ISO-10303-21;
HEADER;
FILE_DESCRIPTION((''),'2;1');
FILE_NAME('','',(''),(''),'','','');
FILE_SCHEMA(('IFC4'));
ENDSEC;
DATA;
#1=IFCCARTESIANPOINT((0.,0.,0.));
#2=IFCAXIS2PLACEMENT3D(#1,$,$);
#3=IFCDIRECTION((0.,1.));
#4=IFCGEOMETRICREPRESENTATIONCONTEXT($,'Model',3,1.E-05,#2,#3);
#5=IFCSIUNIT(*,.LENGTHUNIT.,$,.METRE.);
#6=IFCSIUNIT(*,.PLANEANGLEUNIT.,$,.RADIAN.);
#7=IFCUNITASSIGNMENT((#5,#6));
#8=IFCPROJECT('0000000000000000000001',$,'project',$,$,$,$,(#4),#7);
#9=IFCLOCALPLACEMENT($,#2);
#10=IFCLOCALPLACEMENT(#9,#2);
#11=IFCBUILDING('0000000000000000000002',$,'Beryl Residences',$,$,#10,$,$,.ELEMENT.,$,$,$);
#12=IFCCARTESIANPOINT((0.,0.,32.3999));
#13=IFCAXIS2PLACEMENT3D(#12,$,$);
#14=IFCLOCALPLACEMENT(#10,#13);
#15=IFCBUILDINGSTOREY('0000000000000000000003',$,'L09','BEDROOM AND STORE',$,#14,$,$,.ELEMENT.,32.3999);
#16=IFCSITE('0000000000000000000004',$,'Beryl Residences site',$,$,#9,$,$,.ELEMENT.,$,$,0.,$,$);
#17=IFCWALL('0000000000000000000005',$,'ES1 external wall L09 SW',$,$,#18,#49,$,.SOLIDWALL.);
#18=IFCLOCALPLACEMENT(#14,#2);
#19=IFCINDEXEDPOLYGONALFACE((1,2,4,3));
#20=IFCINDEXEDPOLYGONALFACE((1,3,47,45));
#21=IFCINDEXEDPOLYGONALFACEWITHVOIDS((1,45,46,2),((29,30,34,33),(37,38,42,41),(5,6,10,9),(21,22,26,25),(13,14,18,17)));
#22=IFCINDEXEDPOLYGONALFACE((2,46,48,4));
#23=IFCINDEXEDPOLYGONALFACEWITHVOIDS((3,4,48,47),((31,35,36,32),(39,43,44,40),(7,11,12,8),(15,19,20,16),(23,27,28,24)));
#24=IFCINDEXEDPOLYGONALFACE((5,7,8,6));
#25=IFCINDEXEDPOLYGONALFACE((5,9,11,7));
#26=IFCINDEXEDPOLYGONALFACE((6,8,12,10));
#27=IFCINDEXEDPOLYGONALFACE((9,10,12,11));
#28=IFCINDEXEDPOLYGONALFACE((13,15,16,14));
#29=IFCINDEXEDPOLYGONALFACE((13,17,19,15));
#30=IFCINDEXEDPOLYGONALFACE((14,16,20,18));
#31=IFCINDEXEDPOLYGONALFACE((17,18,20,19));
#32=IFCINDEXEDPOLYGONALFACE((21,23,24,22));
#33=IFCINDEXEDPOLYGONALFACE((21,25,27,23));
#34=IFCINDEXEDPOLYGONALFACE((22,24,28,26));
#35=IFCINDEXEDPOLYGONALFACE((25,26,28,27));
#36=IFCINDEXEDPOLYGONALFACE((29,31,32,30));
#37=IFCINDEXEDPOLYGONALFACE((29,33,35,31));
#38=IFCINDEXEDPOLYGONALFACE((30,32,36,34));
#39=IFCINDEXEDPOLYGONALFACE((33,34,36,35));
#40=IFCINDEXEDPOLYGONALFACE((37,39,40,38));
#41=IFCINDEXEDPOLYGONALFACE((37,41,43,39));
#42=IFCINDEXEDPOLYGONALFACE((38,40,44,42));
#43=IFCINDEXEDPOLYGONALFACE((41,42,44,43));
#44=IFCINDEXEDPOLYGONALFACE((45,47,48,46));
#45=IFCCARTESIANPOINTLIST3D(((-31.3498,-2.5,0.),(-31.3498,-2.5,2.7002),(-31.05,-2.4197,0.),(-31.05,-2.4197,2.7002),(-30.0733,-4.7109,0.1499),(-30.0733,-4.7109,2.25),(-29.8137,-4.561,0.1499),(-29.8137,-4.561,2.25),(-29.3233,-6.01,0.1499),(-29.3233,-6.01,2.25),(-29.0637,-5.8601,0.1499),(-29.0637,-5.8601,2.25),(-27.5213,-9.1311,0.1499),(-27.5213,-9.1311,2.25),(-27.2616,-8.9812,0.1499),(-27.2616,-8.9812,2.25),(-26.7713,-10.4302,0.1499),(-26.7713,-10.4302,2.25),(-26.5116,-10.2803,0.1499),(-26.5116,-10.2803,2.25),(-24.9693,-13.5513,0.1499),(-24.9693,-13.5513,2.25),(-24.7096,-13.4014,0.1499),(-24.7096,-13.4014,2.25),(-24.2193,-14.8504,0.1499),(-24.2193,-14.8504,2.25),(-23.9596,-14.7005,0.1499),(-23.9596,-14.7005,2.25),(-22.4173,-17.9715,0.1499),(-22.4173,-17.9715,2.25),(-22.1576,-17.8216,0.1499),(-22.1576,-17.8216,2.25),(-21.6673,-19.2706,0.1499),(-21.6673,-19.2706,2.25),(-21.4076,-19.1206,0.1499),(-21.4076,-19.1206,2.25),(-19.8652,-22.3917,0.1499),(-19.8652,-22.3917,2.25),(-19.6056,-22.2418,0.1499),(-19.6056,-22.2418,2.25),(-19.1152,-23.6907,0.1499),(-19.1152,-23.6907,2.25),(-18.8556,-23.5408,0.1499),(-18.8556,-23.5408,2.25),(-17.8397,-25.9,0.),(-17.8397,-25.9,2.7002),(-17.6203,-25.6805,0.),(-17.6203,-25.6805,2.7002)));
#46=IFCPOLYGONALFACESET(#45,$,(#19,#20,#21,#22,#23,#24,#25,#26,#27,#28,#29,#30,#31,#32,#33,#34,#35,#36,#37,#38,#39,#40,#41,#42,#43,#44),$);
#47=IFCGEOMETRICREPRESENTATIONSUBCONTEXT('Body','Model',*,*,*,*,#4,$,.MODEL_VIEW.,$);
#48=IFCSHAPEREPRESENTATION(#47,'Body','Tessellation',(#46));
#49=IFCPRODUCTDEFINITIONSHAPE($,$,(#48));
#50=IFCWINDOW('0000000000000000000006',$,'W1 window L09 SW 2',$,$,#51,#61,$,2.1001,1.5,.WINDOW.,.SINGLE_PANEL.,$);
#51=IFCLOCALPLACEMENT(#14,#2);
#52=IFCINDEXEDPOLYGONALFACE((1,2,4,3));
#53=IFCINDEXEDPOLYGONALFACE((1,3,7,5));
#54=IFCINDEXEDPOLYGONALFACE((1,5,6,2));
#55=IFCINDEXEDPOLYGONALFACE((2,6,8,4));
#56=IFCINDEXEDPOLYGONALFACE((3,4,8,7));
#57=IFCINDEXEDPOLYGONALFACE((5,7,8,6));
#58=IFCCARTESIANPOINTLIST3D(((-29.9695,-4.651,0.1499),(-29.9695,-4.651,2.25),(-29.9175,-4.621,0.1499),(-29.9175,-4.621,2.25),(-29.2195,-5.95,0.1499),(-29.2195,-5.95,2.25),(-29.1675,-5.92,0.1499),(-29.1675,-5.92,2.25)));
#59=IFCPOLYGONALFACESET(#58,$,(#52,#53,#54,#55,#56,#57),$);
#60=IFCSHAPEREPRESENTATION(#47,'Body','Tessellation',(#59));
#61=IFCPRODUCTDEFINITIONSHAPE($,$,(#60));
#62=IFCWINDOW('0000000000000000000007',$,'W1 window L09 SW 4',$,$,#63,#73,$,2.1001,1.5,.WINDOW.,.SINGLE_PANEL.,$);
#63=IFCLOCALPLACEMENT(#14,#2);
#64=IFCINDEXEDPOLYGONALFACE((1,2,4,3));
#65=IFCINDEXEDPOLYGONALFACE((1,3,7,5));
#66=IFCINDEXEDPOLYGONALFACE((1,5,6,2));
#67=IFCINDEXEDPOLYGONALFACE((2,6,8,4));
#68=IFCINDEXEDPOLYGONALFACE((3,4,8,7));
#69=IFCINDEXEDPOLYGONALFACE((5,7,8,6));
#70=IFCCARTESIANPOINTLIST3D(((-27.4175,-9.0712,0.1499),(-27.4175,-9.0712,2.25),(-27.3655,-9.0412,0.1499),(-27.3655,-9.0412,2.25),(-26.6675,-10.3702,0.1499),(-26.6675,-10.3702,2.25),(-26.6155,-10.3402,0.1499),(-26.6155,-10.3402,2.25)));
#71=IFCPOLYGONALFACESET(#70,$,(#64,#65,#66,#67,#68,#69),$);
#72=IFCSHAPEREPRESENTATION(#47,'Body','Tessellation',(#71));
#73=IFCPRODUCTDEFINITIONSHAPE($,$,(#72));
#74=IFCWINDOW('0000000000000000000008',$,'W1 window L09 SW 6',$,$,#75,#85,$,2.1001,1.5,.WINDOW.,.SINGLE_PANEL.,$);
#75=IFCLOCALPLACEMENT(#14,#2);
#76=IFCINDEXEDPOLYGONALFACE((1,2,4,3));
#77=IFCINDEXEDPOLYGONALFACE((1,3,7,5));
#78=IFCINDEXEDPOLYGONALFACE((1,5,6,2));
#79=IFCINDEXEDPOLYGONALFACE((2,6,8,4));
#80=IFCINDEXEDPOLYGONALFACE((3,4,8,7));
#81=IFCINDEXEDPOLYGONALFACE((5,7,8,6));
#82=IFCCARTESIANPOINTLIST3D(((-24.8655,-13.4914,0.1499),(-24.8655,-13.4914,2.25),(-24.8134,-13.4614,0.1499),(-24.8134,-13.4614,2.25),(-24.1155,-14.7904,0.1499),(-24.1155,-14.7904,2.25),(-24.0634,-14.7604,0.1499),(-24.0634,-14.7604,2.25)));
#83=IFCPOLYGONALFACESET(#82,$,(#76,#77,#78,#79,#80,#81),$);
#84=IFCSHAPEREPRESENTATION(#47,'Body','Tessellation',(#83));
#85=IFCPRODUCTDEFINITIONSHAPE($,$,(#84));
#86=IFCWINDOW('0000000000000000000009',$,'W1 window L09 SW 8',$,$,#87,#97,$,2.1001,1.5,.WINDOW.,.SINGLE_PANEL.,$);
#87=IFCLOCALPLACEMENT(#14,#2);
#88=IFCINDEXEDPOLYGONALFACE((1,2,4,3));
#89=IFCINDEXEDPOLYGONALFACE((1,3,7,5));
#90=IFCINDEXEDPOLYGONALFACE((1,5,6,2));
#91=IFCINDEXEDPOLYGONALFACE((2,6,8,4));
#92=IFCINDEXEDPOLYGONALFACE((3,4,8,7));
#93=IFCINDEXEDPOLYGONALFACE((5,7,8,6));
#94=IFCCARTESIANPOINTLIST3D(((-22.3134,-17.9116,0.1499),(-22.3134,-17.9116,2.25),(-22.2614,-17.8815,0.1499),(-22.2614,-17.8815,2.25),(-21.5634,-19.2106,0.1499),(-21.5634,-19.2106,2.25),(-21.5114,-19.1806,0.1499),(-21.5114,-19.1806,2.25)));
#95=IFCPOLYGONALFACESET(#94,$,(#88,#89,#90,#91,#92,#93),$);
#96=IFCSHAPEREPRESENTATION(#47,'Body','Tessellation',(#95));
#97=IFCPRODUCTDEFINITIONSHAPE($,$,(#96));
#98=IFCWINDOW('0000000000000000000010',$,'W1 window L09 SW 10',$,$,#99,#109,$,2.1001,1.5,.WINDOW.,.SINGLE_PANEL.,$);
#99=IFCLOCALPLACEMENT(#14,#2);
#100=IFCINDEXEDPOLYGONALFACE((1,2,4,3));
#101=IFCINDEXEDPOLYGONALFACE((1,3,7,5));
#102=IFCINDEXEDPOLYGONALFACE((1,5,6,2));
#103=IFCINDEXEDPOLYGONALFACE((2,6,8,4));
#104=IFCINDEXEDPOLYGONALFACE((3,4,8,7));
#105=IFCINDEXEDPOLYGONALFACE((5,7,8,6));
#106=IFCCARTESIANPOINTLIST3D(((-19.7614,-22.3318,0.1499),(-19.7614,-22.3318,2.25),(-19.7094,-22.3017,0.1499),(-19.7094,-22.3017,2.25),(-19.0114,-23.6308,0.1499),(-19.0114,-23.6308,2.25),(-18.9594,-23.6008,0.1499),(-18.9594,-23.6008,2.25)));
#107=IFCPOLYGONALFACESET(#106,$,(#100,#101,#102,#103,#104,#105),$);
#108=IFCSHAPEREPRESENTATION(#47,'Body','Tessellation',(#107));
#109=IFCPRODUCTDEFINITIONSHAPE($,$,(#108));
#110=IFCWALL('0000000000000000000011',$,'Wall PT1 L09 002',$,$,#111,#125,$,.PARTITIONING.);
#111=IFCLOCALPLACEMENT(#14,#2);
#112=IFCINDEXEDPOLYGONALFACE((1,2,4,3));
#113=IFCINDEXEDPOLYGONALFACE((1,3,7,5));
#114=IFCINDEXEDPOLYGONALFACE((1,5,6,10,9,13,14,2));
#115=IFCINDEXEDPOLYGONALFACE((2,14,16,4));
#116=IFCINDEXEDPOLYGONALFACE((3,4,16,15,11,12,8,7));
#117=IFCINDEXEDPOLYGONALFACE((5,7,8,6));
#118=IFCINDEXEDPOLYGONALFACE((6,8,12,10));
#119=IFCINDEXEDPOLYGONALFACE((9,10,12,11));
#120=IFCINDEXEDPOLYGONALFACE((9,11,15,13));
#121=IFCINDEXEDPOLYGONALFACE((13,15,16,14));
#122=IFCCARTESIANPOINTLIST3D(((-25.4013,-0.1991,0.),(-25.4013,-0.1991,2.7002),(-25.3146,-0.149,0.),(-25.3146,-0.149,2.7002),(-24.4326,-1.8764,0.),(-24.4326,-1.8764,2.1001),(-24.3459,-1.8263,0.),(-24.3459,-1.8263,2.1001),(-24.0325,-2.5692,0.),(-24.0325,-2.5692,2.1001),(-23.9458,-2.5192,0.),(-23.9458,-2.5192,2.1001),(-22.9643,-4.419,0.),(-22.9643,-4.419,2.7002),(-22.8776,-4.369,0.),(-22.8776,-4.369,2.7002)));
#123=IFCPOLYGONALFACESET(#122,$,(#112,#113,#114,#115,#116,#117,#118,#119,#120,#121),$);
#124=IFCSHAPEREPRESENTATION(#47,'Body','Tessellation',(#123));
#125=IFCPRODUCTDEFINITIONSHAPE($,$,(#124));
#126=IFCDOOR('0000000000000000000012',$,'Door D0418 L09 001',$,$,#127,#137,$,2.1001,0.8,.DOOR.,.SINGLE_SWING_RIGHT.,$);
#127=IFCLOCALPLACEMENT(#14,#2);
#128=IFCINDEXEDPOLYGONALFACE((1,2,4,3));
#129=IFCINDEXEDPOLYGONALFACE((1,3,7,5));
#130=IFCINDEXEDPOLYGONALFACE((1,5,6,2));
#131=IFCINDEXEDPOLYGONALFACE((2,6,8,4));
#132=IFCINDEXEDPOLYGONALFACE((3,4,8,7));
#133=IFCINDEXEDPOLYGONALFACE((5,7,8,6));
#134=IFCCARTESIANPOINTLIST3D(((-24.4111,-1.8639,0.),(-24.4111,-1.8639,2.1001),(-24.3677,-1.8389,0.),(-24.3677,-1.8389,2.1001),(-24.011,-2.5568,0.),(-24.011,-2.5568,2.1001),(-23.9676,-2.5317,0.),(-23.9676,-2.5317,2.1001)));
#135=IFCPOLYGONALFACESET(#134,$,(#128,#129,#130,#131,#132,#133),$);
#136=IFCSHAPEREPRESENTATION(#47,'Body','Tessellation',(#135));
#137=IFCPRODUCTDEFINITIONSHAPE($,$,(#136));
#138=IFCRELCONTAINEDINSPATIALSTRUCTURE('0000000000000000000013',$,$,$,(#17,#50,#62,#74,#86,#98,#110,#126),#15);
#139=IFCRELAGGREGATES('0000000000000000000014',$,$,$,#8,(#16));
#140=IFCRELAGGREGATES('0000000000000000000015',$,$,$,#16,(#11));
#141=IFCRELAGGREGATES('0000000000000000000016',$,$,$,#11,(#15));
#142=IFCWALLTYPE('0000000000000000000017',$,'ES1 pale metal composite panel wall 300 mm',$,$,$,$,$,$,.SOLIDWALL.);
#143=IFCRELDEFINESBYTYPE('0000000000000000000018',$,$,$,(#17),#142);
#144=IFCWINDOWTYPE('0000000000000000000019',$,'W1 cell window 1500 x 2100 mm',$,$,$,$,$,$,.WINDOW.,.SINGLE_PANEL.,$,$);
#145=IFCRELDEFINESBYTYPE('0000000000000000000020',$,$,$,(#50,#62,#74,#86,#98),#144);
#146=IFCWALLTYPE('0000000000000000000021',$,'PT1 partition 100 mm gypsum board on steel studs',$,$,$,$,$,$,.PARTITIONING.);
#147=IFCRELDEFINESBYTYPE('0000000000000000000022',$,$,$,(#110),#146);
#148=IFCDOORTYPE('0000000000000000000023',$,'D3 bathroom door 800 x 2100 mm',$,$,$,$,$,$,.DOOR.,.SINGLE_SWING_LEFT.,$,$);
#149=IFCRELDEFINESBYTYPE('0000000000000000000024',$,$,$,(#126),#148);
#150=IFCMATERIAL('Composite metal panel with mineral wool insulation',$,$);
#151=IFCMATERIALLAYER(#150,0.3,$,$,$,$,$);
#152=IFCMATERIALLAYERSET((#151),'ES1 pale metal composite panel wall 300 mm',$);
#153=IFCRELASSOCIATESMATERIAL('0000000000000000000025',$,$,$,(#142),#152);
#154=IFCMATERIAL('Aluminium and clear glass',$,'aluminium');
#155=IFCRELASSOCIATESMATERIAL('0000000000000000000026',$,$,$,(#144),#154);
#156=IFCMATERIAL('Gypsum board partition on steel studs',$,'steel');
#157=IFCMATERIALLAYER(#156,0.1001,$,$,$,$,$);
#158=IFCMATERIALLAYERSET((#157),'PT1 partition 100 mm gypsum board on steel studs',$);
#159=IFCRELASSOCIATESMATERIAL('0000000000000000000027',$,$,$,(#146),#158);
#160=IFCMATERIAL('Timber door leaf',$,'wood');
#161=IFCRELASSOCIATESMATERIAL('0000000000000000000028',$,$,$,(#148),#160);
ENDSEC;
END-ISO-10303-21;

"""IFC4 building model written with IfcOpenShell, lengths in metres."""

from ifc_helpers import new_model, si_unit, direction, frame, frame_2d, origin, place, context, subcontext, project, spatial, polyline, rectangle, outline, extrude, material, layer, layer_set, type_object, element, fill, save


model = new_model("IFC4")

# Units and contexts
model_context = context("Model", 3, precision=1e-05, world=origin(), true_north=direction((0.0, 1.0)))
body_context = subcontext(model_context, "Body", "Model", "MODEL_VIEW")
ifc_project = project(units=[si_unit("LENGTHUNIT", "METRE"), si_unit("PLANEANGLEUNIT", "RADIAN")], contexts=[model_context])

# Site, building, storey
site_placement = place(None, origin())
site = spatial("IfcSite", under=ifc_project, at=site_placement, Name="Beryl Residences site", CompositionType="ELEMENT", RefElevation=0.0)
building_placement = place(site_placement, origin())
building = spatial("IfcBuilding", under=site, at=building_placement, Name="Beryl Residences", CompositionType="ELEMENT")
storey_placement = place(building_placement, frame((0.0, 0.0, 32.3999)))
storey = spatial("IfcBuildingStorey", under=building, at=storey_placement, Name="L09", Description="BEDROOM AND STORE", CompositionType="ELEMENT", Elevation=32.3999)

# Shared definitions
ifc_material_1 = material(Name="Composite metal panel with mineral wool insulation")
ifc_layer_1 = layer(ifc_material_1, 0.3)
ifc_layer_set_1 = layer_set([ifc_layer_1], Name="ES1 pale metal composite panel wall 300 mm")
wall_type_1 = type_object("IfcWallType", Name="ES1 pale metal composite panel wall 300 mm", PredefinedType="SOLIDWALL", material=ifc_layer_set_1)

# Wall, openings, windows
wall_1_placement = place(storey_placement, frame((-31.22, -2.425, 0.0), z_axis=(0.0, 0.0, 1.0), x_axis=(0.500002, -0.866024, 0.0)))
wall_1 = element("IfcWall", 1, at=wall_1_placement, inside=storey, type_object=wall_type_1, Name="ES1 external wall L09 SW", PredefinedType="SOLIDWALL", context=body_context, shape_type="SweptSolid", body=[
    extrude(outline(polyline([(0.0, -0.1499), (27.02, -0.1499), (26.9397, 0.1499), (0.0803, 0.1499), (0.0, -0.1499)])), origin(), (0.0, 0.0, 1.0), 2.7002),
])
opening_1_placement = place(wall_1_placement, frame((2.553, 0.0, 0.1499)))
opening_1 = element("IfcOpeningElement", 2, at=opening_1_placement, cuts=wall_1, PredefinedType="OPENING", context=body_context, shape_type="SweptSolid", body=[
    extrude(rectangle(XDim=1.5, YDim=2.1001, at=frame_2d((0.75, 1.05))), frame((0.0, 0.1599, 0.0), z_axis=(0.0, -1.0, 0.0), x_axis=(1.0, 0.0, 0.0)), (0.0, 0.0, 1.0), 0.3201),
])
opening_2_placement = place(wall_1_placement, frame((7.657, 0.0, 0.1499)))
opening_2 = element("IfcOpeningElement", 3, at=opening_2_placement, cuts=wall_1, PredefinedType="OPENING", context=body_context, shape_type="SweptSolid", body=[
    extrude(rectangle(XDim=1.5, YDim=2.1001, at=frame_2d((0.75, 1.05))), frame((0.0, 0.1599, 0.0), z_axis=(0.0, -1.0, 0.0), x_axis=(1.0, 0.0, 0.0)), (0.0, 0.0, 1.0), 0.3201),
])
opening_3_placement = place(wall_1_placement, frame((12.761, 0.0, 0.1499)))
opening_3 = element("IfcOpeningElement", 4, at=opening_3_placement, cuts=wall_1, PredefinedType="OPENING", context=body_context, shape_type="SweptSolid", body=[
    extrude(rectangle(XDim=1.5, YDim=2.1001, at=frame_2d((0.75, 1.05))), frame((0.0, 0.1599, 0.0), z_axis=(0.0, -1.0, 0.0), x_axis=(1.0, 0.0, 0.0)), (0.0, 0.0, 1.0), 0.3201),
])
opening_4_placement = place(wall_1_placement, frame((17.865, 0.0, 0.1499)))
opening_4 = element("IfcOpeningElement", 5, at=opening_4_placement, cuts=wall_1, PredefinedType="OPENING", context=body_context, shape_type="SweptSolid", body=[
    extrude(rectangle(XDim=1.5, YDim=2.1001, at=frame_2d((0.75, 1.05))), frame((0.0, 0.1599, 0.0), z_axis=(0.0, -1.0, 0.0), x_axis=(1.0, 0.0, 0.0)), (0.0, 0.0, 1.0), 0.3201),
])
opening_5_placement = place(wall_1_placement, frame((22.969, 0.0, 0.1499)))
opening_5 = element("IfcOpeningElement", 6, at=opening_5_placement, cuts=wall_1, PredefinedType="OPENING", context=body_context, shape_type="SweptSolid", body=[
    extrude(rectangle(XDim=1.5, YDim=2.1001, at=frame_2d((0.75, 1.05))), frame((0.0, 0.1599, 0.0), z_axis=(0.0, -1.0, 0.0), x_axis=(1.0, 0.0, 0.0)), (0.0, 0.0, 1.0), 0.3201),
])
ifc_material_2 = material(Name="Aluminium and clear glass", Category="aluminium")
window_type_1 = type_object("IfcWindowType", Name="W1 cell window 1500 x 2100 mm", PartitioningType="SINGLE_PANEL", PredefinedType="WINDOW", material=ifc_material_2)
window_1_placement = place(opening_1_placement, origin())
window_1 = element("IfcWindow", 7, at=window_1_placement, inside=storey, type_object=window_type_1, Name="W1 window L09 SW 2", OverallHeight=2.1001, OverallWidth=1.5, PartitioningType="SINGLE_PANEL", PredefinedType="WINDOW", context=body_context, shape_type="SweptSolid", body=[
    extrude(rectangle(XDim=1.5, YDim=2.1001, at=frame_2d((0.75, 1.05))), frame((0.0, 0.03, 0.0), z_axis=(0.0, -1.0, 0.0), x_axis=(1.0, 0.0, 0.0)), (0.0, 0.0, 1.0), 0.0601),
])
fill(opening_1, window_1)
window_2_placement = place(opening_2_placement, origin())
window_2 = element("IfcWindow", 8, at=window_2_placement, inside=storey, type_object=window_type_1, Name="W1 window L09 SW 4", OverallHeight=2.1001, OverallWidth=1.5, PartitioningType="SINGLE_PANEL", PredefinedType="WINDOW", context=body_context, shape_type="SweptSolid", body=[
    extrude(rectangle(XDim=1.5, YDim=2.1001, at=frame_2d((0.75, 1.05))), frame((0.0, 0.03, 0.0), z_axis=(0.0, -1.0, 0.0), x_axis=(1.0, 0.0, 0.0)), (0.0, 0.0, 1.0), 0.0601),
])
fill(opening_2, window_2)
window_3_placement = place(opening_3_placement, origin())
window_3 = element("IfcWindow", 9, at=window_3_placement, inside=storey, type_object=window_type_1, Name="W1 window L09 SW 6", OverallHeight=2.1001, OverallWidth=1.5, PartitioningType="SINGLE_PANEL", PredefinedType="WINDOW", context=body_context, shape_type="SweptSolid", body=[
    extrude(rectangle(XDim=1.5, YDim=2.1001, at=frame_2d((0.75, 1.05))), frame((0.0, 0.03, 0.0), z_axis=(0.0, -1.0, 0.0), x_axis=(1.0, 0.0, 0.0)), (0.0, 0.0, 1.0), 0.0601),
])
fill(opening_3, window_3)
window_4_placement = place(opening_4_placement, origin())
window_4 = element("IfcWindow", 10, at=window_4_placement, inside=storey, type_object=window_type_1, Name="W1 window L09 SW 8", OverallHeight=2.1001, OverallWidth=1.5, PartitioningType="SINGLE_PANEL", PredefinedType="WINDOW", context=body_context, shape_type="SweptSolid", body=[
    extrude(rectangle(XDim=1.5, YDim=2.1001, at=frame_2d((0.75, 1.05))), frame((0.0, 0.03, 0.0), z_axis=(0.0, -1.0, 0.0), x_axis=(1.0, 0.0, 0.0)), (0.0, 0.0, 1.0), 0.0601),
])
fill(opening_4, window_4)
window_5_placement = place(opening_5_placement, origin())
window_5 = element("IfcWindow", 11, at=window_5_placement, inside=storey, type_object=window_type_1, Name="W1 window L09 SW 10", OverallHeight=2.1001, OverallWidth=1.5, PartitioningType="SINGLE_PANEL", PredefinedType="WINDOW", context=body_context, shape_type="SweptSolid", body=[
    extrude(rectangle(XDim=1.5, YDim=2.1001, at=frame_2d((0.75, 1.05))), frame((0.0, 0.03, 0.0), z_axis=(0.0, -1.0, 0.0), x_axis=(1.0, 0.0, 0.0)), (0.0, 0.0, 1.0), 0.0601),
])
fill(opening_5, window_5)

# Wall, opening, door
ifc_material_3 = material(Name="Gypsum board partition on steel studs", Category="steel")
ifc_layer_2 = layer(ifc_material_3, 0.1001)
ifc_layer_set_2 = layer_set([ifc_layer_2], Name="PT1 partition 100 mm gypsum board on steel studs")
wall_type_2 = type_object("IfcWallType", Name="PT1 partition 100 mm gypsum board on steel studs", PredefinedType="PARTITIONING", material=ifc_layer_set_2)
wall_2_placement = place(storey_placement, frame((-25.3579, -0.1741, 0.0), z_axis=(0.0, 0.0, 1.0), x_axis=(0.500094, -0.865971, 0.0)))
wall_2 = element("IfcWall", 12, at=wall_2_placement, inside=storey, type_object=wall_type_2, Name="Wall PT1 L09 002", PredefinedType="PARTITIONING", context=body_context, shape_type="SweptSolid", body=[
    extrude(rectangle(XDim=4.873, YDim=0.1001, at=frame_2d((2.4365, 0.0))), origin(), (0.0, 0.0, 1.0), 2.7002),
])
opening_6_placement = place(wall_2_placement, frame((1.937, 0.0, 0.0)))
opening_6 = element("IfcOpeningElement", 13, at=opening_6_placement, cuts=wall_2, PredefinedType="OPENING", context=body_context, shape_type="SweptSolid", body=[
    extrude(rectangle(XDim=0.8, YDim=2.1001, at=frame_2d((0.3999, 1.05))), frame((0.0, 0.0601, 0.0), z_axis=(0.0, -1.0, 0.0), x_axis=(1.0, 0.0, 0.0)), (0.0, 0.0, 1.0), 0.1201),
])
ifc_material_4 = material(Name="Timber door leaf", Category="wood")
door_type_1 = type_object("IfcDoorType", Name="D3 bathroom door 800 x 2100 mm", OperationType="SINGLE_SWING_LEFT", PredefinedType="DOOR", material=ifc_material_4)
door_1_placement = place(opening_6_placement, origin())
door_1 = element("IfcDoor", 14, at=door_1_placement, inside=storey, type_object=door_type_1, Name="Door D0418 L09 001", OperationType="SINGLE_SWING_RIGHT", OverallHeight=2.1001, OverallWidth=0.8, PredefinedType="DOOR", context=body_context, shape_type="SweptSolid", body=[
    extrude(rectangle(XDim=0.8, YDim=2.1001, at=frame_2d((0.3999, 1.05))), frame((0.0, 0.0249, 0.0), z_axis=(0.0, -1.0, 0.0), x_axis=(1.0, 0.0, 0.0)), (0.0, 0.0, 1.0), 0.05),
])
fill(opening_6, door_1)

save(model, "model.ifc")
